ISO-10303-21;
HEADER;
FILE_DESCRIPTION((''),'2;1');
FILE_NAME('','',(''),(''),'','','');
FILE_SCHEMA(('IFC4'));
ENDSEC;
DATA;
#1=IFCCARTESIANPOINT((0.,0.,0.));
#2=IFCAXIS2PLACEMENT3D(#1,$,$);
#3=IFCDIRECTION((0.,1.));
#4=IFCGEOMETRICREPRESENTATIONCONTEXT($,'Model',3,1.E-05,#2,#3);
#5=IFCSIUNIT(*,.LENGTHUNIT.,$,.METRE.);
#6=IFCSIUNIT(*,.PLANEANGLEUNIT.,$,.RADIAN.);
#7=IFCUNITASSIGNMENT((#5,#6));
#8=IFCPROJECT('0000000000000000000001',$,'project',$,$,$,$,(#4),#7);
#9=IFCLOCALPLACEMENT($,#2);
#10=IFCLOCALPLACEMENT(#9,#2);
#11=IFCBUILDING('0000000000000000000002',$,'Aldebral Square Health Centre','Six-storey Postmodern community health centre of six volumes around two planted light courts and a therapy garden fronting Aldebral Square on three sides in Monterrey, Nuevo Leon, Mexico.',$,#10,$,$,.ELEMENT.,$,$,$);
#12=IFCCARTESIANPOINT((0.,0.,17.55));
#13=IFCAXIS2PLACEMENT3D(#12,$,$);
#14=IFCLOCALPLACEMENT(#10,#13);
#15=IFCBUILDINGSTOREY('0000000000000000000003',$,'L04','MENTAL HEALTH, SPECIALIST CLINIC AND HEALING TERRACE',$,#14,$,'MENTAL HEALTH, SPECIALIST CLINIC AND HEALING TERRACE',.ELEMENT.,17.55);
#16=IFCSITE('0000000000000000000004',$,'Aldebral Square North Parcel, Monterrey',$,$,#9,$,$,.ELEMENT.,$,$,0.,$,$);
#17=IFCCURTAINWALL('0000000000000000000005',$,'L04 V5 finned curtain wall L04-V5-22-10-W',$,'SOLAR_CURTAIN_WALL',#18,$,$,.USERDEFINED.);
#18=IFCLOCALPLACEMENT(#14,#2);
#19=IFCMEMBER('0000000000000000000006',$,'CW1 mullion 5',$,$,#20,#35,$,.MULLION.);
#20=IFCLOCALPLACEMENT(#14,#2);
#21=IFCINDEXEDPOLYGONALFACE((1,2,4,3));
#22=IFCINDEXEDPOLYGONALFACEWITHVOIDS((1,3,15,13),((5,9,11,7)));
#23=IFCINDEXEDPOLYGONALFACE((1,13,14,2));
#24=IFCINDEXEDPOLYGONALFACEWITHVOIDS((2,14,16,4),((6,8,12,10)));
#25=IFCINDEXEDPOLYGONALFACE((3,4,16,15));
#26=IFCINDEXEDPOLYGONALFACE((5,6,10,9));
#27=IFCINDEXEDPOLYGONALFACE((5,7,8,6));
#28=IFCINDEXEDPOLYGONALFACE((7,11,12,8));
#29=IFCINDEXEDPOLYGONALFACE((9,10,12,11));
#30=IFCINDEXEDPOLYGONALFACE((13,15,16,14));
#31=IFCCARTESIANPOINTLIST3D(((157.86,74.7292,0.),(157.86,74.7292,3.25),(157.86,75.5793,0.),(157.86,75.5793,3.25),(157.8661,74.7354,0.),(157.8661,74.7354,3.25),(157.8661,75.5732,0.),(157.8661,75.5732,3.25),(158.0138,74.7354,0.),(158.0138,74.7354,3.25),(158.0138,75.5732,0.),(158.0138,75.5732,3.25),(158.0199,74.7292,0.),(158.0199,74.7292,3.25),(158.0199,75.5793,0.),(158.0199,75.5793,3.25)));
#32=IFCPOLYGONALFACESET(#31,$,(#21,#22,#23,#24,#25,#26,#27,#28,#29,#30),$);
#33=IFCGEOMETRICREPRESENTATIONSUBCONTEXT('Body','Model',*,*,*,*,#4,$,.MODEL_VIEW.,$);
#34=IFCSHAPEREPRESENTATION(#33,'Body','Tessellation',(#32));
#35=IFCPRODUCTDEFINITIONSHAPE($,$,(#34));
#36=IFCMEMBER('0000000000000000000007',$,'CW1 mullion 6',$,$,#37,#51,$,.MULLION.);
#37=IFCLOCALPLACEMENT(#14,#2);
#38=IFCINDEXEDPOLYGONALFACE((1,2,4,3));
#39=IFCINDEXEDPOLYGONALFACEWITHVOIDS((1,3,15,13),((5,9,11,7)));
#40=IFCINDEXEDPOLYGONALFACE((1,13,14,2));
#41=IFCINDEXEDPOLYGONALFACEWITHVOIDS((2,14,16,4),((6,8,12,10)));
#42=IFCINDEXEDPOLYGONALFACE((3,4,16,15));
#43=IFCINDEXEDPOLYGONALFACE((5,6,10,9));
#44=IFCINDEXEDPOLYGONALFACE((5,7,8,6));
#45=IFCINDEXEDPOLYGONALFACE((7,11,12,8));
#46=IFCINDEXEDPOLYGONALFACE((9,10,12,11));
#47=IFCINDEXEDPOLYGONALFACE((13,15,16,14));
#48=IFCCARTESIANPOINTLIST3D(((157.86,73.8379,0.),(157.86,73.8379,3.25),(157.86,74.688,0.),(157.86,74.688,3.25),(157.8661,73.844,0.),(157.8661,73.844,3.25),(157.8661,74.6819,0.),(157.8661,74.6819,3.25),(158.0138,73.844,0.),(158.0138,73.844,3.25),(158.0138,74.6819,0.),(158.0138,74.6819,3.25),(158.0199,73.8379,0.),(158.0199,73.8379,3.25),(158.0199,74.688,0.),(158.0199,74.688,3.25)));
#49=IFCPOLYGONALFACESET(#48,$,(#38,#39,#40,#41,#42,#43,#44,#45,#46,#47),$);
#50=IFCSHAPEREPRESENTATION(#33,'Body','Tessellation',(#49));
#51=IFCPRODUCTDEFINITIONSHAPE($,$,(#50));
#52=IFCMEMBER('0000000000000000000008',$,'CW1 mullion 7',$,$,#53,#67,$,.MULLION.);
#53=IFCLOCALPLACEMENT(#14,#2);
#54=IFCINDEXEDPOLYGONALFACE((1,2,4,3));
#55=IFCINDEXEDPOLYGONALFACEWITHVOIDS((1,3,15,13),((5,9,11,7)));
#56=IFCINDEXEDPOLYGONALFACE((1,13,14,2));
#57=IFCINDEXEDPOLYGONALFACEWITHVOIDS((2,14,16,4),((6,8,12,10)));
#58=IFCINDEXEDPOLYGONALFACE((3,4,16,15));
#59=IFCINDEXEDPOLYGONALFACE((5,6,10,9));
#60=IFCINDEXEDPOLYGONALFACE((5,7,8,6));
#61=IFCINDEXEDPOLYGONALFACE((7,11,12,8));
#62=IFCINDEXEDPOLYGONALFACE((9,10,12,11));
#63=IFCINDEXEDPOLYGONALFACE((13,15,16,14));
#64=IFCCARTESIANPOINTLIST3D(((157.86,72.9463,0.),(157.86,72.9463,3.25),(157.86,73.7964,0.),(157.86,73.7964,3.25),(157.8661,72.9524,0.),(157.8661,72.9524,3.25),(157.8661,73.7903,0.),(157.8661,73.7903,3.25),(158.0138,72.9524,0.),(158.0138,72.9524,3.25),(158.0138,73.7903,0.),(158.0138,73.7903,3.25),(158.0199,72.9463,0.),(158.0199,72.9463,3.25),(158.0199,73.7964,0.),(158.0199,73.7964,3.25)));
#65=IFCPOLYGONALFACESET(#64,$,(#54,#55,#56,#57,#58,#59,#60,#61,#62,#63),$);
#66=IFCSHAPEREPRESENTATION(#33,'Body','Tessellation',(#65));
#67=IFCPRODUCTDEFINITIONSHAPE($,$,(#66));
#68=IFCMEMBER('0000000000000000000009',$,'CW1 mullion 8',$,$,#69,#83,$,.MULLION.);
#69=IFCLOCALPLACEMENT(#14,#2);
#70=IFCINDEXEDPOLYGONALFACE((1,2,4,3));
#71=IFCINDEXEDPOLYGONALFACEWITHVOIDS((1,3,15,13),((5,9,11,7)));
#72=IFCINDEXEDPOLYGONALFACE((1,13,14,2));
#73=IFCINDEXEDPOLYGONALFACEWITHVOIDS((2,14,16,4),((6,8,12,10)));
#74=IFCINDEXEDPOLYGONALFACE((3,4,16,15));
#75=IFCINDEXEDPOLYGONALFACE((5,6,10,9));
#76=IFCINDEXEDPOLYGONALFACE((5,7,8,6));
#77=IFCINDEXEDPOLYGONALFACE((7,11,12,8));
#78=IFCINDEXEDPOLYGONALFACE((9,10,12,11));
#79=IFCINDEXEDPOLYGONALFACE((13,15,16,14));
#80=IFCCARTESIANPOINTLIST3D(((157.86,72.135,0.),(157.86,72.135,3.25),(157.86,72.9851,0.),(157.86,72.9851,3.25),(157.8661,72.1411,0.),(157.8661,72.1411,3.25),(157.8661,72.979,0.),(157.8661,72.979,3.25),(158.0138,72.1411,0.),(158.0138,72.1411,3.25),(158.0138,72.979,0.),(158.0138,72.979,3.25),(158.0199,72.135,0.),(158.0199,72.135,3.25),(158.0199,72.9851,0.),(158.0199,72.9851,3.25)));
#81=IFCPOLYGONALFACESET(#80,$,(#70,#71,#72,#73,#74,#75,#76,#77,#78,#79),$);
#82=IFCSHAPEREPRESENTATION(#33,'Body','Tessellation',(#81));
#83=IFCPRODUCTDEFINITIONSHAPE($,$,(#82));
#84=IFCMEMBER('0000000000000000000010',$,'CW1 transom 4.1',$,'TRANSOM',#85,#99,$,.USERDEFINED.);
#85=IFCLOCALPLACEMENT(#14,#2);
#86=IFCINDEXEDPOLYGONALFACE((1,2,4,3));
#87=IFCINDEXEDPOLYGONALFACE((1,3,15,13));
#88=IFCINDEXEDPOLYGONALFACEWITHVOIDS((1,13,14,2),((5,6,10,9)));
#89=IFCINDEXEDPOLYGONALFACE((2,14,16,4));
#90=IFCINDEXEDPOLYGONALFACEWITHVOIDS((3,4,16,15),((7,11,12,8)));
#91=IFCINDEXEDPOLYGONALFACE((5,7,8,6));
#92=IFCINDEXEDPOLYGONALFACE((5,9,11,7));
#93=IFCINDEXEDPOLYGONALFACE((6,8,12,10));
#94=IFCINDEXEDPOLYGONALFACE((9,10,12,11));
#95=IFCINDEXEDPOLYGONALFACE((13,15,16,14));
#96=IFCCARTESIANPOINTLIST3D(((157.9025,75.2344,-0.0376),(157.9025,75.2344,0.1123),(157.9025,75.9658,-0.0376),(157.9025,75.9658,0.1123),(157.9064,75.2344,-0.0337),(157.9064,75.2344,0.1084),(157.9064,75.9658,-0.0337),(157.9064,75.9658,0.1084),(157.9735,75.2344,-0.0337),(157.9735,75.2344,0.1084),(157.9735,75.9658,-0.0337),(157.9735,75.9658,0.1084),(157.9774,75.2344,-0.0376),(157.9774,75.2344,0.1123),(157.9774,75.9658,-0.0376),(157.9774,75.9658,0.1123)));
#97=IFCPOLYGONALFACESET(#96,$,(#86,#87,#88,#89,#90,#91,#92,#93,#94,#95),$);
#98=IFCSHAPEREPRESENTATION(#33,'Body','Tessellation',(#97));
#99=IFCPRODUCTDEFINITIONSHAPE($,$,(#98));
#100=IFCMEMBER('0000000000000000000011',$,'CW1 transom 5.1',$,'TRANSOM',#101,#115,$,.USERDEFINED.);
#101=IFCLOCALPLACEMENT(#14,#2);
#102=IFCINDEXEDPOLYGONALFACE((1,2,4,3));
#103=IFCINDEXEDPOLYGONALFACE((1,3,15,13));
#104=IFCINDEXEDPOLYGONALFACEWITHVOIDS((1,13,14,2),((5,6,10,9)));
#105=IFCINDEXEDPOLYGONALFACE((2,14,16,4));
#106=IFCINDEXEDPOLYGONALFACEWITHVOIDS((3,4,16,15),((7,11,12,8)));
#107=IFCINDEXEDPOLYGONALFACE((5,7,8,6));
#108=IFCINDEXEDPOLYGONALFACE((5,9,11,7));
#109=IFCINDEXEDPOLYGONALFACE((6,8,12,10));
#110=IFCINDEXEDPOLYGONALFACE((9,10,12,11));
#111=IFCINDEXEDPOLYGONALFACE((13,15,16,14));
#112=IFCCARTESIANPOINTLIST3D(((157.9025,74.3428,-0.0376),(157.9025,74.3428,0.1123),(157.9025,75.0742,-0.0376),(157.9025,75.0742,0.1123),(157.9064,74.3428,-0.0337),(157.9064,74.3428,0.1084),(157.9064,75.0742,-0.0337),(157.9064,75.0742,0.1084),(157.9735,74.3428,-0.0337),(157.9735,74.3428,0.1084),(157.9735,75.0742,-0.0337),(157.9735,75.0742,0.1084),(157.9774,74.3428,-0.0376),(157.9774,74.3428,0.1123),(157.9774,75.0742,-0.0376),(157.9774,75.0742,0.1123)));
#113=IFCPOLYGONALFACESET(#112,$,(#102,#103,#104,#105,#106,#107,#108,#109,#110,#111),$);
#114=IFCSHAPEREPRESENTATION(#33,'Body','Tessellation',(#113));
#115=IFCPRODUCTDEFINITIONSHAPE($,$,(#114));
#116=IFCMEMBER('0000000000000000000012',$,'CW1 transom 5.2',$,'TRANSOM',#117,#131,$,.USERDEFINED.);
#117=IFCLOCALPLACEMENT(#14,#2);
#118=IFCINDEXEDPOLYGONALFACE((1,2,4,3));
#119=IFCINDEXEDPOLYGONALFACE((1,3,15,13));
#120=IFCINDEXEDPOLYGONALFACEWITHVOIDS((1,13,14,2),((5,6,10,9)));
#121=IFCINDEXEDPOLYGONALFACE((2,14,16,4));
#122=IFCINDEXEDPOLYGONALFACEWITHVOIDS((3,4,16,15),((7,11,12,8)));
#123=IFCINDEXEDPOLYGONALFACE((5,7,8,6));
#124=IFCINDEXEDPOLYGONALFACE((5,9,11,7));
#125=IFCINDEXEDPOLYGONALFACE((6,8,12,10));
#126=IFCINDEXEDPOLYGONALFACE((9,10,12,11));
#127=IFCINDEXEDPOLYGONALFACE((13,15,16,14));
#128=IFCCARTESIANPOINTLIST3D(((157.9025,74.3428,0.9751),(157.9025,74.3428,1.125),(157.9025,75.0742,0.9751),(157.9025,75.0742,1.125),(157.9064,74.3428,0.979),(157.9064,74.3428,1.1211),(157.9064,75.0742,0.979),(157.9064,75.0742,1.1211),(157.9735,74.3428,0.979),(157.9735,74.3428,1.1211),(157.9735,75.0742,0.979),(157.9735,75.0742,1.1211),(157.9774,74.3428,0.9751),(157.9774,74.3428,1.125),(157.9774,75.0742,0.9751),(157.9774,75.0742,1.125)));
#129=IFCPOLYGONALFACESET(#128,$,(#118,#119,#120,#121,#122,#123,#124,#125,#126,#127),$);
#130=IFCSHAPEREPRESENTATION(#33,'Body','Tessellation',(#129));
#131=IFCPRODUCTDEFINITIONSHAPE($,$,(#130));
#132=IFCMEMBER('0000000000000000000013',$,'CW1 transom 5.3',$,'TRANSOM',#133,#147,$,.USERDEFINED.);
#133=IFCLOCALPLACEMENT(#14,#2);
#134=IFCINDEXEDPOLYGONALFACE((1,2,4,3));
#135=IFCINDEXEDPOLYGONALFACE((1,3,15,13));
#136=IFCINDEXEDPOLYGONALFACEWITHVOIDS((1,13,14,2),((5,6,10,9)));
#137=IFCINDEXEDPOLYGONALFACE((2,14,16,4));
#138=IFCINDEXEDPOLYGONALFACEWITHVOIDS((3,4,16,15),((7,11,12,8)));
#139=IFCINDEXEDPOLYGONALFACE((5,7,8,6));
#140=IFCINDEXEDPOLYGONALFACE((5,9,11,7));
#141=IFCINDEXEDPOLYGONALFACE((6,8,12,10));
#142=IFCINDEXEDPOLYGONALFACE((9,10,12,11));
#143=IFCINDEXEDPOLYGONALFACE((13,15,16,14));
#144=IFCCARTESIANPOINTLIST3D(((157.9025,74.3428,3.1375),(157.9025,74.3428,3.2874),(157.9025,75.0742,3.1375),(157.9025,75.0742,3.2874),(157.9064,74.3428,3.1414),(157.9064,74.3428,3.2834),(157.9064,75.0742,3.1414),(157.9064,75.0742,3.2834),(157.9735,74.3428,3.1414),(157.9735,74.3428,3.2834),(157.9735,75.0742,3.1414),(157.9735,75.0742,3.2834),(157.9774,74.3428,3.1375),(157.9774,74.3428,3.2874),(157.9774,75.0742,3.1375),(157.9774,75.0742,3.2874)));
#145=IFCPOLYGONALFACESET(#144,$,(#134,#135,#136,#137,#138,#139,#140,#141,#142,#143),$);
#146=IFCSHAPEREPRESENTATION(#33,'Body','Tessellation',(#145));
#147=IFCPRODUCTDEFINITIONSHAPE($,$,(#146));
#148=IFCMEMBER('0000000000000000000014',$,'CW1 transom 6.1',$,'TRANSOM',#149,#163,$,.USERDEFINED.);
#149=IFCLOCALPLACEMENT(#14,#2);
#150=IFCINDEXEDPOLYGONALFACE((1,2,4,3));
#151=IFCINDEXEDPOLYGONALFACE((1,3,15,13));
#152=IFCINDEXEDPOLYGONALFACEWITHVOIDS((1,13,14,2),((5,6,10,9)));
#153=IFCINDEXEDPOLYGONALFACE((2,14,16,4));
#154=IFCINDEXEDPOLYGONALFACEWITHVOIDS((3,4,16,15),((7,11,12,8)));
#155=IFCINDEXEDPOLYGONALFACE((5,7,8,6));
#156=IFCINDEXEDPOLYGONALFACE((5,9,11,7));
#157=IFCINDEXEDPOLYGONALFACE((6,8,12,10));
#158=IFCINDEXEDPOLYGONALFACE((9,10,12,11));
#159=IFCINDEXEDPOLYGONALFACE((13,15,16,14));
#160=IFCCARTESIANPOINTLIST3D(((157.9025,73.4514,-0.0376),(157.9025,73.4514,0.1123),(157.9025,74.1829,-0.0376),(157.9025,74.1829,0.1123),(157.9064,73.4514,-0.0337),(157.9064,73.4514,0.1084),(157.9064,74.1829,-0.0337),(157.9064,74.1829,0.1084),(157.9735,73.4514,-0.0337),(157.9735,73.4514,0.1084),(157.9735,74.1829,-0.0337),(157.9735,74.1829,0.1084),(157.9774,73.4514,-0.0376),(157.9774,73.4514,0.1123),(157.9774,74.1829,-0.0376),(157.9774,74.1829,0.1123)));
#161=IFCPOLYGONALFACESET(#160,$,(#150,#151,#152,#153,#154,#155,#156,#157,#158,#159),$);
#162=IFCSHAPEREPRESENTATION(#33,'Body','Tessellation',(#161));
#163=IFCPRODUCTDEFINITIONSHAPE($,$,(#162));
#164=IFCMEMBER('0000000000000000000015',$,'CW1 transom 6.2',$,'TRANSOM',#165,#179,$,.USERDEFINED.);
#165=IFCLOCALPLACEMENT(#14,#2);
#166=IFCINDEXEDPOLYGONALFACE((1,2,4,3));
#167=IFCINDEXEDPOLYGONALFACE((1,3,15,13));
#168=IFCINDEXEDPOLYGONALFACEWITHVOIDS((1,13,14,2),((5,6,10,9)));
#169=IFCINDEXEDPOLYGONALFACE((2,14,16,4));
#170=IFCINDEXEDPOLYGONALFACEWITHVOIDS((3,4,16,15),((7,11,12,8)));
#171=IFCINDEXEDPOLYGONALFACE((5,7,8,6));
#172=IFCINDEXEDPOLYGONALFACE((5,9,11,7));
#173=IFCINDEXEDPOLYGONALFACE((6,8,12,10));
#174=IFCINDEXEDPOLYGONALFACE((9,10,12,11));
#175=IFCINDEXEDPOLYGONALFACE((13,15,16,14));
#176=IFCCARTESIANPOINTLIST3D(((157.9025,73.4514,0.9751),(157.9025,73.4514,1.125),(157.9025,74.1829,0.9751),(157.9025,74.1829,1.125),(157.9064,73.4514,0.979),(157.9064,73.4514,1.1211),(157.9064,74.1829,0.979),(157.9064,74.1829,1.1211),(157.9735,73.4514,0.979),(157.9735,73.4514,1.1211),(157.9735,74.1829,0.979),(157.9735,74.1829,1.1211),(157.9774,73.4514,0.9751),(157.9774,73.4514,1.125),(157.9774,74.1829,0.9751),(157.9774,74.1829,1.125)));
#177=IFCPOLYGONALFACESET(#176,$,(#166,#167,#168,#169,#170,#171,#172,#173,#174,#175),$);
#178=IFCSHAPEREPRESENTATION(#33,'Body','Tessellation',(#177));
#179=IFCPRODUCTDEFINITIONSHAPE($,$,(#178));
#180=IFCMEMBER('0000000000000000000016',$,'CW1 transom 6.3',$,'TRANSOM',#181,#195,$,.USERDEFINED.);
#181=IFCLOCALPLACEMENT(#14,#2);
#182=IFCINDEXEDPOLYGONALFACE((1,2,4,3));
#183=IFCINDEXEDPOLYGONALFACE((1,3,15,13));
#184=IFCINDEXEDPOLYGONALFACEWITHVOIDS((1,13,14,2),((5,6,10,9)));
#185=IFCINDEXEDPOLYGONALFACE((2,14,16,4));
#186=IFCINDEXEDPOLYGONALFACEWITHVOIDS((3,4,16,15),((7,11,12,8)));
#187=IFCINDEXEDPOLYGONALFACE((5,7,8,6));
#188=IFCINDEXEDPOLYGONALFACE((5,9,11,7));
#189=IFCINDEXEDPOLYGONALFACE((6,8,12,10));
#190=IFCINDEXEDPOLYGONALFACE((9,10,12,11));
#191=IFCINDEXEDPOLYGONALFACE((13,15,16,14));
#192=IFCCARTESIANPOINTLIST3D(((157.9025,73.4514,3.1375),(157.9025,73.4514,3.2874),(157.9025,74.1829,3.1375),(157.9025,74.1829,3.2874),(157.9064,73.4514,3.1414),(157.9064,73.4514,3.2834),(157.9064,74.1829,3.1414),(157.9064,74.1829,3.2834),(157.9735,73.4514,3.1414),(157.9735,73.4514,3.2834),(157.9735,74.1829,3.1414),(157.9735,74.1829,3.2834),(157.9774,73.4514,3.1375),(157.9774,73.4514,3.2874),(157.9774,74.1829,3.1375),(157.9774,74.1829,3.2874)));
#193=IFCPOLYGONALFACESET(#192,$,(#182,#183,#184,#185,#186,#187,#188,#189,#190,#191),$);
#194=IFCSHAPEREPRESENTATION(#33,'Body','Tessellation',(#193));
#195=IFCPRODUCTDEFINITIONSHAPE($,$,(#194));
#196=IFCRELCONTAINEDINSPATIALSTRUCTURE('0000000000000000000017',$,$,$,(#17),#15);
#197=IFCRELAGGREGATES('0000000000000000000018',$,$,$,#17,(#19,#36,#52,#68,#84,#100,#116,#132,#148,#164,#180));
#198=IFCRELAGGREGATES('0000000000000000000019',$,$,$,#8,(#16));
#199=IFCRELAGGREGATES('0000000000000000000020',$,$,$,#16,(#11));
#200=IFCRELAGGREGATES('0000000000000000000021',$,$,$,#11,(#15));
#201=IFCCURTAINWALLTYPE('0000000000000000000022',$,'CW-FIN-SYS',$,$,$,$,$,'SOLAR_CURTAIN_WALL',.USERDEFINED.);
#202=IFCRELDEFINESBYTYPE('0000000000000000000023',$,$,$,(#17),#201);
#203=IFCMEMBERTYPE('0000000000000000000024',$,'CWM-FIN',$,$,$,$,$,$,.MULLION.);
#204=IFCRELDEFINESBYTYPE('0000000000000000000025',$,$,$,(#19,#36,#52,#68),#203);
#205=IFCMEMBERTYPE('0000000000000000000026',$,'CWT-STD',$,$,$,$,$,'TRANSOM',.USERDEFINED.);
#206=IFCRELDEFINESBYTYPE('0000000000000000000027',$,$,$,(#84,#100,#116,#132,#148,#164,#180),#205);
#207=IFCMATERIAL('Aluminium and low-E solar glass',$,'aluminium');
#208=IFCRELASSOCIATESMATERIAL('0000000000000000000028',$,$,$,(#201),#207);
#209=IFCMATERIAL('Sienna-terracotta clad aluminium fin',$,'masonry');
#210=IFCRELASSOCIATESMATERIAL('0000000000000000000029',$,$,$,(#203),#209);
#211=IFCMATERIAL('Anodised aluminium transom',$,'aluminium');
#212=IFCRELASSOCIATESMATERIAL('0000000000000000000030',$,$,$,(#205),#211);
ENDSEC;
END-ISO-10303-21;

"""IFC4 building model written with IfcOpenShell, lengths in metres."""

from ifc_helpers import new_model, si_unit, direction, frame, origin, origin_2d, place, context, subcontext, project, spatial, hollow_rectangle, extrude, material, material_profile, profile_set, type_object, element, aggregate, save


model = new_model("IFC4")

# Units and contexts
model_context = context("Model", 3, precision=1e-05, world=origin(), true_north=direction((0.0, 1.0)))
body_context = subcontext(model_context, "Body", "Model", "MODEL_VIEW")
ifc_project = project(units=[si_unit("LENGTHUNIT", "METRE"), si_unit("PLANEANGLEUNIT", "RADIAN")], contexts=[model_context])

# Site, building, storey
site_placement = place(None, origin())
site = spatial("IfcSite", under=ifc_project, at=site_placement, Name="Aldebral Square North Parcel, Monterrey", CompositionType="ELEMENT", RefElevation=0.0)
building_placement = place(site_placement, origin())
building = spatial("IfcBuilding", under=site, at=building_placement, Name="Aldebral Square Health Centre", Description="Six-storey Postmodern community health centre of six volumes around two planted light courts and a therapy garden fronting Aldebral Square on three sides in Monterrey, Nuevo Leon, Mexico.", CompositionType="ELEMENT")
storey_placement = place(building_placement, frame((0.0, 0.0, 17.55)))
storey = spatial("IfcBuildingStorey", under=building, at=storey_placement, Name="L04", Description="MENTAL HEALTH, SPECIALIST CLINIC AND HEALING TERRACE", LongName="MENTAL HEALTH, SPECIALIST CLINIC AND HEALING TERRACE", CompositionType="ELEMENT", Elevation=17.55)

# Curtain wall, members
ifc_material_1 = material(Name="Aluminium and low-E solar glass", Category="aluminium")
curtain_wall_type = type_object("IfcCurtainWallType", Name="CW-FIN-SYS", ElementType="SOLAR_CURTAIN_WALL", PredefinedType="USERDEFINED", material=ifc_material_1)
curtain_wall_placement = place(storey_placement, origin())
curtain_wall = element("IfcCurtainWall", 1, at=curtain_wall_placement, inside=storey, type_object=curtain_wall_type, Name="L04 V5 finned curtain wall L04-V5-22-10-W", ObjectType="SOLAR_CURTAIN_WALL", PredefinedType="USERDEFINED")
ifc_material_2 = material(Name="Sienna-terracotta clad aluminium fin", Category="masonry")
ifc_material_profile_1 = material_profile(ifc_material_2, hollow_rectangle(XDim=0.1599, YDim=0.8501, WallThickness=0.0061, at=origin_2d()), Name="FIN 160x850x6")
ifc_profile_set_1 = profile_set([ifc_material_profile_1], Name="Sienna-terracotta clad aluminium fin")
member_type_1 = type_object("IfcMemberType", Name="CWM-FIN", PredefinedType="MULLION", material=ifc_profile_set_1)
member_1_placement = place(storey_placement, frame((157.9399, 75.1543, 0.0), z_axis=(0.0, 0.0, 1.0), x_axis=(1.0, 0.0, 0.0)))
member_1 = element("IfcMember", 2, at=member_1_placement, type_object=member_type_1, Name="CW1 mullion 5", PredefinedType="MULLION", context=body_context, shape_type="SweptSolid", body=[
    extrude(hollow_rectangle(XDim=0.1599, YDim=0.8501, WallThickness=0.0061, at=origin_2d()), origin(), (0.0, 0.0, 1.0), 3.25),
])
member_2_placement = place(storey_placement, frame((157.9399, 74.2629, 0.0), z_axis=(0.0, 0.0, 1.0), x_axis=(1.0, 0.0, 0.0)))
member_2 = element("IfcMember", 3, at=member_2_placement, type_object=member_type_1, Name="CW1 mullion 6", PredefinedType="MULLION", context=body_context, shape_type="SweptSolid", body=[
    extrude(hollow_rectangle(XDim=0.1599, YDim=0.8501, WallThickness=0.0061, at=origin_2d()), origin(), (0.0, 0.0, 1.0), 3.25),
])
member_3_placement = place(storey_placement, frame((157.9399, 73.3713, 0.0), z_axis=(0.0, 0.0, 1.0), x_axis=(1.0, 0.0, 0.0)))
member_3 = element("IfcMember", 4, at=member_3_placement, type_object=member_type_1, Name="CW1 mullion 7", PredefinedType="MULLION", context=body_context, shape_type="SweptSolid", body=[
    extrude(hollow_rectangle(XDim=0.1599, YDim=0.8501, WallThickness=0.0061, at=origin_2d()), origin(), (0.0, 0.0, 1.0), 3.25),
])
member_4_placement = place(storey_placement, frame((157.9399, 72.5601, 0.0), z_axis=(0.0, 0.0, 1.0), x_axis=(1.0, 0.0, 0.0)))
member_4 = element("IfcMember", 5, at=member_4_placement, type_object=member_type_1, Name="CW1 mullion 8", PredefinedType="MULLION", context=body_context, shape_type="SweptSolid", body=[
    extrude(hollow_rectangle(XDim=0.1599, YDim=0.8501, WallThickness=0.0061, at=origin_2d()), origin(), (0.0, 0.0, 1.0), 3.25),
])
ifc_material_3 = material(Name="Anodised aluminium transom", Category="aluminium")
ifc_material_profile_2 = material_profile(ifc_material_3, hollow_rectangle(XDim=0.075, YDim=0.1499, WallThickness=0.0039, at=origin_2d()), Name="CWT 75x150x4")
ifc_profile_set_2 = profile_set([ifc_material_profile_2], Name="Anodised aluminium transom")
member_type_2 = type_object("IfcMemberType", Name="CWT-STD", ElementType="TRANSOM", PredefinedType="USERDEFINED", material=ifc_profile_set_2)
member_5_placement = place(storey_placement, frame((157.9399, 75.9658, 0.0374), z_axis=(0.0, -1.0, 0.0), x_axis=(1.0, 0.0, 0.0)))
member_5 = element("IfcMember", 6, at=member_5_placement, type_object=member_type_2, Name="CW1 transom 4.1", ObjectType="TRANSOM", PredefinedType="USERDEFINED", context=body_context, shape_type="SweptSolid", body=[
    extrude(hollow_rectangle(XDim=0.075, YDim=0.1499, WallThickness=0.0039, at=origin_2d()), origin(), (0.0, 0.0, 1.0), 0.7314),
])
member_6_placement = place(storey_placement, frame((157.9399, 75.0742, 0.0374), z_axis=(0.0, -1.0, 0.0), x_axis=(1.0, 0.0, 0.0)))
member_6 = element("IfcMember", 7, at=member_6_placement, type_object=member_type_2, Name="CW1 transom 5.1", ObjectType="TRANSOM", PredefinedType="USERDEFINED", context=body_context, shape_type="SweptSolid", body=[
    extrude(hollow_rectangle(XDim=0.075, YDim=0.1499, WallThickness=0.0039, at=origin_2d()), origin(), (0.0, 0.0, 1.0), 0.7314),
])
member_7_placement = place(storey_placement, frame((157.9399, 75.0742, 1.05), z_axis=(0.0, -1.0, 0.0), x_axis=(1.0, 0.0, 0.0)))
member_7 = element("IfcMember", 8, at=member_7_placement, type_object=member_type_2, Name="CW1 transom 5.2", ObjectType="TRANSOM", PredefinedType="USERDEFINED", context=body_context, shape_type="SweptSolid", body=[
    extrude(hollow_rectangle(XDim=0.075, YDim=0.1499, WallThickness=0.0039, at=origin_2d()), origin(), (0.0, 0.0, 1.0), 0.7314),
])
member_8_placement = place(storey_placement, frame((157.9399, 75.0742, 3.2124), z_axis=(0.0, -1.0, 0.0), x_axis=(1.0, 0.0, 0.0)))
member_8 = element("IfcMember", 9, at=member_8_placement, type_object=member_type_2, Name="CW1 transom 5.3", ObjectType="TRANSOM", PredefinedType="USERDEFINED", context=body_context, shape_type="SweptSolid", body=[
    extrude(hollow_rectangle(XDim=0.075, YDim=0.1499, WallThickness=0.0039, at=origin_2d()), origin(), (0.0, 0.0, 1.0), 0.7314),
])
member_9_placement = place(storey_placement, frame((157.9399, 74.1829, 0.0374), z_axis=(0.0, -1.0, 0.0), x_axis=(1.0, 0.0, 0.0)))
member_9 = element("IfcMember", 10, at=member_9_placement, type_object=member_type_2, Name="CW1 transom 6.1", ObjectType="TRANSOM", PredefinedType="USERDEFINED", context=body_context, shape_type="SweptSolid", body=[
    extrude(hollow_rectangle(XDim=0.075, YDim=0.1499, WallThickness=0.0039, at=origin_2d()), origin(), (0.0, 0.0, 1.0), 0.7314),
])
member_10_placement = place(storey_placement, frame((157.9399, 74.1829, 1.05), z_axis=(0.0, -1.0, 0.0), x_axis=(1.0, 0.0, 0.0)))
member_10 = element("IfcMember", 11, at=member_10_placement, type_object=member_type_2, Name="CW1 transom 6.2", ObjectType="TRANSOM", PredefinedType="USERDEFINED", context=body_context, shape_type="SweptSolid", body=[
    extrude(hollow_rectangle(XDim=0.075, YDim=0.1499, WallThickness=0.0039, at=origin_2d()), origin(), (0.0, 0.0, 1.0), 0.7314),
])
member_11_placement = place(storey_placement, frame((157.9399, 74.1829, 3.2124), z_axis=(0.0, -1.0, 0.0), x_axis=(1.0, 0.0, 0.0)))
member_11 = element("IfcMember", 12, at=member_11_placement, type_object=member_type_2, Name="CW1 transom 6.3", ObjectType="TRANSOM", PredefinedType="USERDEFINED", context=body_context, shape_type="SweptSolid", body=[
    extrude(hollow_rectangle(XDim=0.075, YDim=0.1499, WallThickness=0.0039, at=origin_2d()), origin(), (0.0, 0.0, 1.0), 0.7314),
])
aggregate(curtain_wall, [member_1, member_2, member_3, member_4, member_5, member_6, member_7, member_8, member_9, member_10, member_11])

save(model, "model.ifc")
